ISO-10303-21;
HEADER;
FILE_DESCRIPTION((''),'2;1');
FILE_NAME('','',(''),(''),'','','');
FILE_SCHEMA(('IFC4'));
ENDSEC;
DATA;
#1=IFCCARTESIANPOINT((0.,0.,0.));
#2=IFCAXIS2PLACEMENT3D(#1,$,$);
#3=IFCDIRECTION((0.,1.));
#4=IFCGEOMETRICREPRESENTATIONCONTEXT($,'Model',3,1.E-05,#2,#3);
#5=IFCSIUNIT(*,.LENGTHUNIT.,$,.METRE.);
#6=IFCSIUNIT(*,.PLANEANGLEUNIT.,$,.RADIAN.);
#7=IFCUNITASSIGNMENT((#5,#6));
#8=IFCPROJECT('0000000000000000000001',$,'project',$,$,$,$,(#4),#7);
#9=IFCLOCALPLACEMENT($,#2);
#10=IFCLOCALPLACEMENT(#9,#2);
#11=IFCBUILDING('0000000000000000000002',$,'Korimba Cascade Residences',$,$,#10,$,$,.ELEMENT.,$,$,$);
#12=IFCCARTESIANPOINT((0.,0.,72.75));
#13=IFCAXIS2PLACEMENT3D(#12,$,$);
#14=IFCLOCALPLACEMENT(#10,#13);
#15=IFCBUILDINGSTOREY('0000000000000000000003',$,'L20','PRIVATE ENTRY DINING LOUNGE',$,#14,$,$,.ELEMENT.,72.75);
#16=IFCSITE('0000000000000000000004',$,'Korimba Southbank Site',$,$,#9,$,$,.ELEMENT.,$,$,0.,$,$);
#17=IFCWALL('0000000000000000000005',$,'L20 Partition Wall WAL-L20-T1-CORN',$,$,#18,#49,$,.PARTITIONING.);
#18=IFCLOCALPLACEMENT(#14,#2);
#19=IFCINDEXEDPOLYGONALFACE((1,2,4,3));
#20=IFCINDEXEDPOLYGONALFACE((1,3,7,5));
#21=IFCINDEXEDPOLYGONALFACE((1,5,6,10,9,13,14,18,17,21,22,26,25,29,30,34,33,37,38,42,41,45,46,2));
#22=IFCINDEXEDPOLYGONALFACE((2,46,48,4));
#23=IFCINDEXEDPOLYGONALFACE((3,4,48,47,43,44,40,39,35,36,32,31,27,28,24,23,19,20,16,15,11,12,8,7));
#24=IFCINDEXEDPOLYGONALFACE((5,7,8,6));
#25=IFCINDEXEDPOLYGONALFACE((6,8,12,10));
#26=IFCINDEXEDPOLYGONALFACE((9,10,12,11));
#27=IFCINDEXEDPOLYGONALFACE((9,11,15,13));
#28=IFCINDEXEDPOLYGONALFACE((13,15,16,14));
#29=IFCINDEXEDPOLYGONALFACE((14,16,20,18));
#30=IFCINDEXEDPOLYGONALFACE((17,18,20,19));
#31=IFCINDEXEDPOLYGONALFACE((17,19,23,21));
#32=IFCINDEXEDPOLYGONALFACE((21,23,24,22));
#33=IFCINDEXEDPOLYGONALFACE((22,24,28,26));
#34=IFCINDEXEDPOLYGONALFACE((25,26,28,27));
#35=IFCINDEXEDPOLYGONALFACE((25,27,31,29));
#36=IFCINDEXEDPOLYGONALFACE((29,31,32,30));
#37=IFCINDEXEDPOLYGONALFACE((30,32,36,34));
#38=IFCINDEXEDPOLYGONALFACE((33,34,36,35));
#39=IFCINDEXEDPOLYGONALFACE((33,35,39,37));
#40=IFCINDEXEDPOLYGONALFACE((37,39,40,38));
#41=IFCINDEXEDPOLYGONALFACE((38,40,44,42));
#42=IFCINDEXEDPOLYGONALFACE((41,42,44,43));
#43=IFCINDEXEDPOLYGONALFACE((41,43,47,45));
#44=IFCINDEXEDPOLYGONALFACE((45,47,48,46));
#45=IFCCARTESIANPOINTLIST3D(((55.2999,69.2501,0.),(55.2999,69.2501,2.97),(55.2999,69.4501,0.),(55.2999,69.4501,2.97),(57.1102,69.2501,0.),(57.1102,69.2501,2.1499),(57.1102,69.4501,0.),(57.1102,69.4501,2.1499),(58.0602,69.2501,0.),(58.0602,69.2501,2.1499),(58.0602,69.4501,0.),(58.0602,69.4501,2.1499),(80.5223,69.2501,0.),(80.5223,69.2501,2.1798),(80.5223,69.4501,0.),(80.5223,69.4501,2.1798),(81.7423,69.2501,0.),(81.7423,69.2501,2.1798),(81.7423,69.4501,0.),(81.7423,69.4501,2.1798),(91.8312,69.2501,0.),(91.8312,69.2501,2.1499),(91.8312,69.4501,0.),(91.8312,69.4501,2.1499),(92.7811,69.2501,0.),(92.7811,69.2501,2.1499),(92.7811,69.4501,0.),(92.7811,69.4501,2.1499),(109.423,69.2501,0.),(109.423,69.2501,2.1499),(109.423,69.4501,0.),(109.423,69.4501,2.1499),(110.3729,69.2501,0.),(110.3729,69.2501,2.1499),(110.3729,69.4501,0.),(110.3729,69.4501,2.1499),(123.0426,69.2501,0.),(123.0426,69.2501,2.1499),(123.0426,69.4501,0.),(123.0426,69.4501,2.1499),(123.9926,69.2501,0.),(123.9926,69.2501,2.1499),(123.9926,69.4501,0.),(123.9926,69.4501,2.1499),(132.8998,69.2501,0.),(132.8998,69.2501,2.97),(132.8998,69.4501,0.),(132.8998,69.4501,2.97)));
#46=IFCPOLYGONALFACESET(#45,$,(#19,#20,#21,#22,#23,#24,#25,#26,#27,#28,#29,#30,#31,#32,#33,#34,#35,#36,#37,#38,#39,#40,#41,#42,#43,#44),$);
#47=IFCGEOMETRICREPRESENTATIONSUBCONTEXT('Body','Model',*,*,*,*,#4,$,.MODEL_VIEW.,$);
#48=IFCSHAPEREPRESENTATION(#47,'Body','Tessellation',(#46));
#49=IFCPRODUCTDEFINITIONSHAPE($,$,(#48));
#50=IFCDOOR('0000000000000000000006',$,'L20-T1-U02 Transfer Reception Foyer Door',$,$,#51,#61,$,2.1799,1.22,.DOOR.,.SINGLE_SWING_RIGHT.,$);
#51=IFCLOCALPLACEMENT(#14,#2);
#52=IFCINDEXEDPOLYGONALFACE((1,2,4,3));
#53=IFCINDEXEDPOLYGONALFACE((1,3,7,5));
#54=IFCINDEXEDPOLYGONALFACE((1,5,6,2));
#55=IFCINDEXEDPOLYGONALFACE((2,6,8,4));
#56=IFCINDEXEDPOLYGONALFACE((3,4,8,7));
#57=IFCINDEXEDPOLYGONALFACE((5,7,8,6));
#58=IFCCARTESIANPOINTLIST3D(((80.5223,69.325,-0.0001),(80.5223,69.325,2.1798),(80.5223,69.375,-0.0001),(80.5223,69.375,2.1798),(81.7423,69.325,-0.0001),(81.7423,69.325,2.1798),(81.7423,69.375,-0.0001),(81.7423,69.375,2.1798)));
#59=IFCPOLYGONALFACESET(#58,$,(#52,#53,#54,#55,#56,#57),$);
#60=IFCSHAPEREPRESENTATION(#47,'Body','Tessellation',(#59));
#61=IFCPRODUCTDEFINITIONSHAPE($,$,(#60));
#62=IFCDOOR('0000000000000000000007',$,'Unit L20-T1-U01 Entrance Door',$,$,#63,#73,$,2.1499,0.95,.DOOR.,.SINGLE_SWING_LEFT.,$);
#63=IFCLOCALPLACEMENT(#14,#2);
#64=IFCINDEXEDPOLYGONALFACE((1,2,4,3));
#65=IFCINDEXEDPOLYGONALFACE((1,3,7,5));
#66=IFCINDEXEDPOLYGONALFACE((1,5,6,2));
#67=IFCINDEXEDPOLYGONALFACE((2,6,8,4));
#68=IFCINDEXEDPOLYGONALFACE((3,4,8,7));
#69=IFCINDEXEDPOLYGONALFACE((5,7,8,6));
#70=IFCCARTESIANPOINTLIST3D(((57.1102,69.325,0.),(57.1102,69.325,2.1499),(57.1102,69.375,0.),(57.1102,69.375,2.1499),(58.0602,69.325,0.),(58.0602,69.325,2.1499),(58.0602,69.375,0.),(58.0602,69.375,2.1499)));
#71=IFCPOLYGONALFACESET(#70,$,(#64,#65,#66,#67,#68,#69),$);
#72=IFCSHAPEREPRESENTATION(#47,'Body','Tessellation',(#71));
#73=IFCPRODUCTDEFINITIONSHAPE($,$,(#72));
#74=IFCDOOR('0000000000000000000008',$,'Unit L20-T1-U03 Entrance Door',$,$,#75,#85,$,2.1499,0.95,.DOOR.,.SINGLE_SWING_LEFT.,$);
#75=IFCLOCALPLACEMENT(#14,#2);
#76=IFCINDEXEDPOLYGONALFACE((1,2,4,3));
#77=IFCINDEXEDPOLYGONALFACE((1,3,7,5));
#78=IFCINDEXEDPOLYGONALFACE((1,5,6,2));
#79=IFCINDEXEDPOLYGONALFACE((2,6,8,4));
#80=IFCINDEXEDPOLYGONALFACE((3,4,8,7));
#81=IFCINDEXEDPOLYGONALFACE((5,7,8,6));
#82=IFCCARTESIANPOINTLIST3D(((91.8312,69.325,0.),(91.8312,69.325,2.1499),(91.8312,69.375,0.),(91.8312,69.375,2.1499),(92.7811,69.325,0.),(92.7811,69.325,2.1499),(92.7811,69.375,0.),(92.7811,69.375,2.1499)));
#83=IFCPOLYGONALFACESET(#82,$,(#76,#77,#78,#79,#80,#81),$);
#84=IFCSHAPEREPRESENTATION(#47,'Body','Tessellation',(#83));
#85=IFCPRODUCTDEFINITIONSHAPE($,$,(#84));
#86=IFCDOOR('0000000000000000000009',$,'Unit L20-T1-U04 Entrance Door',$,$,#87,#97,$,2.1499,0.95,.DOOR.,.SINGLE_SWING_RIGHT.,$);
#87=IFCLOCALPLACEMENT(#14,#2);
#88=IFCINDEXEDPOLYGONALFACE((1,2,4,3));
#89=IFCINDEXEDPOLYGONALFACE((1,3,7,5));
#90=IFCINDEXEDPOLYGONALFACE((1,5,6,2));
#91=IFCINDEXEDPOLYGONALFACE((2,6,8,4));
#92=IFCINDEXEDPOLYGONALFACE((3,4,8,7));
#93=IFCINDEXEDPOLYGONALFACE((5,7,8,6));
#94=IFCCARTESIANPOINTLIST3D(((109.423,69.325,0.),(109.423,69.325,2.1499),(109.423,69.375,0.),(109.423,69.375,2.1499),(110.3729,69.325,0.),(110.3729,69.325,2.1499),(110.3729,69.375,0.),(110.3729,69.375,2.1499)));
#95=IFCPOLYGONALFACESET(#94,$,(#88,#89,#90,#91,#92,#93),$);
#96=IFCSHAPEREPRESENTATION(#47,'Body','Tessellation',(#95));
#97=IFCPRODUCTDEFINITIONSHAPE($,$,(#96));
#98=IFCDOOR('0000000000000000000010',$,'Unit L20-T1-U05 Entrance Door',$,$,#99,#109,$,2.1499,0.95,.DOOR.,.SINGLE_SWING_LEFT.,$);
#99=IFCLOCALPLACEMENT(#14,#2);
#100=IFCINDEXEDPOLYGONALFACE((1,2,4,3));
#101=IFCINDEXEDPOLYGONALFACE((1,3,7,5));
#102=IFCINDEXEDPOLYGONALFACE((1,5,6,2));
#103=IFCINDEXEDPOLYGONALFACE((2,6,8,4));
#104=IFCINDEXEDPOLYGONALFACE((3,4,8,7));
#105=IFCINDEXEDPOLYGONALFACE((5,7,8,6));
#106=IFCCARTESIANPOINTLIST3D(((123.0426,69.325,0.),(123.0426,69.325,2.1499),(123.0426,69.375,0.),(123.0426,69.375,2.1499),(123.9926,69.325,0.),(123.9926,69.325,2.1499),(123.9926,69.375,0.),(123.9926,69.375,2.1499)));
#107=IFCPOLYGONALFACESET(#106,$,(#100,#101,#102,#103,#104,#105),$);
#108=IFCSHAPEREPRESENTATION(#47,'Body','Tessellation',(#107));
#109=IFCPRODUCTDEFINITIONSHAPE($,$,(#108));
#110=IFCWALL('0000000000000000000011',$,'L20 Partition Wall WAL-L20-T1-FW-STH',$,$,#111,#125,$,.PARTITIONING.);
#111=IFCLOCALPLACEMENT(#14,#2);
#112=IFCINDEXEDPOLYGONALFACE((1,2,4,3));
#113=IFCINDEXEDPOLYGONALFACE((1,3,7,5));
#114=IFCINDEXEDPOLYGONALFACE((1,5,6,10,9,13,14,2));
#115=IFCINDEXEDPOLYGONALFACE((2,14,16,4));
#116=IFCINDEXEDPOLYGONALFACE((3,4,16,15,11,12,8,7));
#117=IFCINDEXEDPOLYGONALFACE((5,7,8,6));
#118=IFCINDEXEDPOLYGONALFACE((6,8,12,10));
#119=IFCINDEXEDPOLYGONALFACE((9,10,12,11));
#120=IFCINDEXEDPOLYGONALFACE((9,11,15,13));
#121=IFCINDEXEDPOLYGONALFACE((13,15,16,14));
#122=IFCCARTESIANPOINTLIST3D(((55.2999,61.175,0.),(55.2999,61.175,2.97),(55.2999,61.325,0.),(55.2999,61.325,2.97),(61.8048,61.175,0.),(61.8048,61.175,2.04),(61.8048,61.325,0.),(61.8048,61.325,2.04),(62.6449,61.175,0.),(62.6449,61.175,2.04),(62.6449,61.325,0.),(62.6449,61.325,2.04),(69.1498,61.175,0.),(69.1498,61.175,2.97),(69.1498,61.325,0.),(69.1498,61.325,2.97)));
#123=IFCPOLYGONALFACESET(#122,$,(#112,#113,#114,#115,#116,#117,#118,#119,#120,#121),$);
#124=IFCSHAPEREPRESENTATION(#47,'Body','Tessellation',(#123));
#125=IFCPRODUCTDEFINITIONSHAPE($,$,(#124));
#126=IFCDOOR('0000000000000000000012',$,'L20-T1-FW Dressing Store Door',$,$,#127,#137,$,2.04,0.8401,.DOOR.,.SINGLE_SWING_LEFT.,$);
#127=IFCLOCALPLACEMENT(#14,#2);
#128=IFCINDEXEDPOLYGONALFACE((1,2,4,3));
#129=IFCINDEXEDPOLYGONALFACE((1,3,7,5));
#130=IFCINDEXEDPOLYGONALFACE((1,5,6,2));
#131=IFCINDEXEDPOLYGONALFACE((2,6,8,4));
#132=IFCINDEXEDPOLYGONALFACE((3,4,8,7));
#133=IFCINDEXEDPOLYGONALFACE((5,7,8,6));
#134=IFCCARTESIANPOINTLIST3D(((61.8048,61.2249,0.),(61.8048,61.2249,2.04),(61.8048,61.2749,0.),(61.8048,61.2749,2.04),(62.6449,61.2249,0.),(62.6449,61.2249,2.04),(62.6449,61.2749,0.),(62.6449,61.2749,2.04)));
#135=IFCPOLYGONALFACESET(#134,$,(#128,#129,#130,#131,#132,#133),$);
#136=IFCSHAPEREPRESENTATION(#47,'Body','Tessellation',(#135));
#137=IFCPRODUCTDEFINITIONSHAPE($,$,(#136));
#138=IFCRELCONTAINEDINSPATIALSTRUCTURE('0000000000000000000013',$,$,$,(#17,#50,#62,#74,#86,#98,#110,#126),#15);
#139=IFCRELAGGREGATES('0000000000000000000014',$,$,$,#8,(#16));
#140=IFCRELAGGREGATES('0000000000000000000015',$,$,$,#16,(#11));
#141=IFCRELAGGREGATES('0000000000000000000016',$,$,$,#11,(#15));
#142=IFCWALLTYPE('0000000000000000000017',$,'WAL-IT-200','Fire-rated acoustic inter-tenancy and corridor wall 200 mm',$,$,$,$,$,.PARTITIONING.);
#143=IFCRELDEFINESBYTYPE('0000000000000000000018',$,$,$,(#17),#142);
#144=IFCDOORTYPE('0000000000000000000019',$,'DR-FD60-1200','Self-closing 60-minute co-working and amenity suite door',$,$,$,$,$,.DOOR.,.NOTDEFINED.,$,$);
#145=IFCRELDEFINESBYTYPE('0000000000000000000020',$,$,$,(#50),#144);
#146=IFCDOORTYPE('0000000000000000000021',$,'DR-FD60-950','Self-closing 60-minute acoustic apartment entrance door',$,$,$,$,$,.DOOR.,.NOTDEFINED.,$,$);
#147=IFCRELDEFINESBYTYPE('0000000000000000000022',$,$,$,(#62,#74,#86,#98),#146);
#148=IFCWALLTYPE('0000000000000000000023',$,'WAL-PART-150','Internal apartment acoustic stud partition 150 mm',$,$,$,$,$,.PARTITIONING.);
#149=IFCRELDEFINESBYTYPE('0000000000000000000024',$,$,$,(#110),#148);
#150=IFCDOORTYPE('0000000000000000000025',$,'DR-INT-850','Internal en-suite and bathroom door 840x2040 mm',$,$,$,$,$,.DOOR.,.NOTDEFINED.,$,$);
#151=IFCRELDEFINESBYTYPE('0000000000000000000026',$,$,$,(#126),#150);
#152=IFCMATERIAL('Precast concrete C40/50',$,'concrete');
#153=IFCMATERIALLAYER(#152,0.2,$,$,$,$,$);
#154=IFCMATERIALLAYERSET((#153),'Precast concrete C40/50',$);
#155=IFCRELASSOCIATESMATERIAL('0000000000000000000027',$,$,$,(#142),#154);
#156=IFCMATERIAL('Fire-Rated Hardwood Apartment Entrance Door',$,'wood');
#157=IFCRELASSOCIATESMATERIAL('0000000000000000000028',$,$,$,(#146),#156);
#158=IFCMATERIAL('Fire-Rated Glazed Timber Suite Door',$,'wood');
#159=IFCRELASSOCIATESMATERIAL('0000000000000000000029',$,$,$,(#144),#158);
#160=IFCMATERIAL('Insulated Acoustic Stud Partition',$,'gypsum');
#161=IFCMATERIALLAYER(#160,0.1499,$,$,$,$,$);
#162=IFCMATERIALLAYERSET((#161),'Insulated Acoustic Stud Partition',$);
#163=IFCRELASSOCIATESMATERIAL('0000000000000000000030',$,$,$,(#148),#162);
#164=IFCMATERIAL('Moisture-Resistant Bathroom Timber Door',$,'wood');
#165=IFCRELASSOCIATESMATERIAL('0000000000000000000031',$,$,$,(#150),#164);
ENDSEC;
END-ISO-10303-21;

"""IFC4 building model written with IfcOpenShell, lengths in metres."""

from ifc_helpers import new_model, si_unit, direction, frame, frame_2d, origin, place, context, subcontext, project, spatial, rectangle, extrude, material, layer, layer_set, type_object, element, fill, save


model = new_model("IFC4")

# Units and contexts
model_context = context("Model", 3, precision=1e-05, world=origin(), true_north=direction((0.0, 1.0)))
body_context = subcontext(model_context, "Body", "Model", "MODEL_VIEW")
ifc_project = project(units=[si_unit("LENGTHUNIT", "METRE"), si_unit("PLANEANGLEUNIT", "RADIAN")], contexts=[model_context])

# Site, building, storey
site_placement = place(None, origin())
site = spatial("IfcSite", under=ifc_project, at=site_placement, Name="Korimba Southbank Site", CompositionType="ELEMENT", RefElevation=0.0)
building_placement = place(site_placement, origin())
building = spatial("IfcBuilding", under=site, at=building_placement, Name="Korimba Cascade Residences", CompositionType="ELEMENT")
storey_placement = place(building_placement, frame((0.0, 0.0, 72.75)))
storey = spatial("IfcBuildingStorey", under=building, at=storey_placement, Name="L20", Description="PRIVATE ENTRY DINING LOUNGE", CompositionType="ELEMENT", Elevation=72.75)

# Shared definitions
ifc_material_1 = material(Name="Precast concrete C40/50", Category="concrete")
ifc_layer_1 = layer(ifc_material_1, 0.2)
ifc_layer_set_1 = layer_set([ifc_layer_1], Name="Precast concrete C40/50")
wall_type_1 = type_object("IfcWallType", Name="WAL-IT-200", Description="Fire-rated acoustic inter-tenancy and corridor wall 200 mm", PredefinedType="PARTITIONING", material=ifc_layer_set_1)
ifc_material_2 = material(Name="Fire-Rated Hardwood Apartment Entrance Door", Category="wood")
door_type_1 = type_object("IfcDoorType", Name="DR-FD60-950", Description="Self-closing 60-minute acoustic apartment entrance door", OperationType="NOTDEFINED", PredefinedType="DOOR", material=ifc_material_2)

# Wall, openings, doors
wall_1_placement = place(storey_placement, frame((55.3, 69.3501, 0.0), z_axis=(0.0, 0.0, 1.0), x_axis=(1.0, 0.0, 0.0)))
wall_1 = element("IfcWall", 1, at=wall_1_placement, inside=storey, type_object=wall_type_1, Name="L20 Partition Wall WAL-L20-T1-CORN", PredefinedType="PARTITIONING", context=body_context, shape_type="SweptSolid", body=[
    extrude(rectangle(XDim=77.5999, YDim=0.2, at=frame_2d((38.7998, 0.0))), origin(), (0.0, 0.0, 1.0), 2.97),
])
opening_1_placement = place(wall_1_placement, frame((1.8101, 0.0, 0.0)))
opening_1 = element("IfcOpeningElement", 2, at=opening_1_placement, cuts=wall_1, PredefinedType="OPENING", context=body_context, shape_type="SweptSolid", body=[
    extrude(rectangle(XDim=0.95, YDim=2.1499, at=frame_2d((0.4751, 1.075))), frame((0.0, 0.1099, 0.0), z_axis=(0.0, -1.0, 0.0), x_axis=(1.0, 0.0, 0.0)), (0.0, 0.0, 1.0), 0.22),
])
opening_2_placement = place(wall_1_placement, frame((25.2224, 0.0, 0.0)))
opening_2 = element("IfcOpeningElement", 3, at=opening_2_placement, cuts=wall_1, PredefinedType="OPENING", context=body_context, shape_type="SweptSolid", body=[
    extrude(rectangle(XDim=1.22, YDim=2.1799, at=frame_2d((0.6099, 1.0898))), frame((0.0, 0.1099, 0.0), z_axis=(0.0, -1.0, 0.0), x_axis=(1.0, 0.0, 0.0)), (0.0, 0.0, 1.0), 0.22),
])
opening_3_placement = place(wall_1_placement, frame((36.531, 0.0, 0.0)))
opening_3 = element("IfcOpeningElement", 4, at=opening_3_placement, cuts=wall_1, PredefinedType="OPENING", context=body_context, shape_type="SweptSolid", body=[
    extrude(rectangle(XDim=0.95, YDim=2.1499, at=frame_2d((0.4751, 1.075))), frame((0.0, 0.1099, 0.0), z_axis=(0.0, -1.0, 0.0), x_axis=(1.0, 0.0, 0.0)), (0.0, 0.0, 1.0), 0.22),
])
opening_4_placement = place(wall_1_placement, frame((54.1228, 0.0, 0.0)))
opening_4 = element("IfcOpeningElement", 5, at=opening_4_placement, cuts=wall_1, PredefinedType="OPENING", context=body_context, shape_type="SweptSolid", body=[
    extrude(rectangle(XDim=0.95, YDim=2.1499, at=frame_2d((0.4751, 1.075))), frame((0.0, 0.1099, 0.0), z_axis=(0.0, -1.0, 0.0), x_axis=(1.0, 0.0, 0.0)), (0.0, 0.0, 1.0), 0.22),
])
opening_5_placement = place(wall_1_placement, frame((67.7424, 0.0, 0.0)))
opening_5 = element("IfcOpeningElement", 6, at=opening_5_placement, cuts=wall_1, PredefinedType="OPENING", context=body_context, shape_type="SweptSolid", body=[
    extrude(rectangle(XDim=0.95, YDim=2.1499, at=frame_2d((0.4751, 1.075))), frame((0.0, 0.1099, 0.0), z_axis=(0.0, -1.0, 0.0), x_axis=(1.0, 0.0, 0.0)), (0.0, 0.0, 1.0), 0.22),
])
ifc_material_3 = material(Name="Fire-Rated Glazed Timber Suite Door", Category="wood")
door_type_2 = type_object("IfcDoorType", Name="DR-FD60-1200", Description="Self-closing 60-minute co-working and amenity suite door", OperationType="NOTDEFINED", PredefinedType="DOOR", material=ifc_material_3)
door_1_placement = place(opening_2_placement, origin())
door_1 = element("IfcDoor", 7, at=door_1_placement, inside=storey, type_object=door_type_2, Name="L20-T1-U02 Transfer Reception Foyer Door", OperationType="SINGLE_SWING_RIGHT", OverallHeight=2.1799, OverallWidth=1.22, PredefinedType="DOOR", context=body_context, shape_type="SweptSolid", body=[
    extrude(rectangle(XDim=1.22, YDim=2.1799, at=frame_2d((0.6099, 1.0898))), frame((0.0, 0.0249, 0.0), z_axis=(0.0, -1.0, 0.0), x_axis=(1.0, 0.0, 0.0)), (0.0, 0.0, 1.0), 0.05),
])
fill(opening_2, door_1)
door_2_placement = place(opening_1_placement, origin())
door_2 = element("IfcDoor", 8, at=door_2_placement, inside=storey, type_object=door_type_1, Name="Unit L20-T1-U01 Entrance Door", OperationType="SINGLE_SWING_LEFT", OverallHeight=2.1499, OverallWidth=0.95, PredefinedType="DOOR", context=body_context, shape_type="SweptSolid", body=[
    extrude(rectangle(XDim=0.95, YDim=2.1499, at=frame_2d((0.4751, 1.075))), frame((0.0, 0.0249, 0.0), z_axis=(0.0, -1.0, 0.0), x_axis=(1.0, 0.0, 0.0)), (0.0, 0.0, 1.0), 0.05),
])
fill(opening_1, door_2)
door_3_placement = place(opening_3_placement, origin())
door_3 = element("IfcDoor", 9, at=door_3_placement, inside=storey, type_object=door_type_1, Name="Unit L20-T1-U03 Entrance Door", OperationType="SINGLE_SWING_LEFT", OverallHeight=2.1499, OverallWidth=0.95, PredefinedType="DOOR", context=body_context, shape_type="SweptSolid", body=[
    extrude(rectangle(XDim=0.95, YDim=2.1499, at=frame_2d((0.4751, 1.075))), frame((0.0, 0.0249, 0.0), z_axis=(0.0, -1.0, 0.0), x_axis=(1.0, 0.0, 0.0)), (0.0, 0.0, 1.0), 0.05),
])
fill(opening_3, door_3)
door_4_placement = place(opening_4_placement, origin())
door_4 = element("IfcDoor", 10, at=door_4_placement, inside=storey, type_object=door_type_1, Name="Unit L20-T1-U04 Entrance Door", OperationType="SINGLE_SWING_RIGHT", OverallHeight=2.1499, OverallWidth=0.95, PredefinedType="DOOR", context=body_context, shape_type="SweptSolid", body=[
    extrude(rectangle(XDim=0.95, YDim=2.1499, at=frame_2d((0.4751, 1.075))), frame((0.0, 0.0249, 0.0), z_axis=(0.0, -1.0, 0.0), x_axis=(1.0, 0.0, 0.0)), (0.0, 0.0, 1.0), 0.05),
])
fill(opening_4, door_4)
door_5_placement = place(opening_5_placement, origin())
door_5 = element("IfcDoor", 11, at=door_5_placement, inside=storey, type_object=door_type_1, Name="Unit L20-T1-U05 Entrance Door", OperationType="SINGLE_SWING_LEFT", OverallHeight=2.1499, OverallWidth=0.95, PredefinedType="DOOR", context=body_context, shape_type="SweptSolid", body=[
    extrude(rectangle(XDim=0.95, YDim=2.1499, at=frame_2d((0.4751, 1.075))), frame((0.0, 0.0249, 0.0), z_axis=(0.0, -1.0, 0.0), x_axis=(1.0, 0.0, 0.0)), (0.0, 0.0, 1.0), 0.05),
])
fill(opening_5, door_5)

# Wall, opening, door
ifc_material_4 = material(Name="Insulated Acoustic Stud Partition", Category="gypsum")
ifc_layer_2 = layer(ifc_material_4, 0.1499)
ifc_layer_set_2 = layer_set([ifc_layer_2], Name="Insulated Acoustic Stud Partition")
wall_type_2 = type_object("IfcWallType", Name="WAL-PART-150", Description="Internal apartment acoustic stud partition 150 mm", PredefinedType="PARTITIONING", material=ifc_layer_set_2)
wall_2_placement = place(storey_placement, frame((55.3, 61.25, 0.0), z_axis=(0.0, 0.0, 1.0), x_axis=(1.0, 0.0, 0.0)))
wall_2 = element("IfcWall", 12, at=wall_2_placement, inside=storey, type_object=wall_type_2, Name="L20 Partition Wall WAL-L20-T1-FW-STH", PredefinedType="PARTITIONING", context=body_context, shape_type="SweptSolid", body=[
    extrude(rectangle(XDim=13.8499, YDim=0.1499, at=frame_2d((6.9248, 0.0))), origin(), (0.0, 0.0, 1.0), 2.97),
])
opening_6_placement = place(wall_2_placement, frame((6.5049, 0.0, 0.0)))
opening_6 = element("IfcOpeningElement", 13, at=opening_6_placement, cuts=wall_2, PredefinedType="OPENING", context=body_context, shape_type="SweptSolid", body=[
    extrude(rectangle(XDim=0.8401, YDim=2.04, at=frame_2d((0.4199, 1.02))), frame((0.0, 0.085, 0.0), z_axis=(0.0, -1.0, 0.0), x_axis=(1.0, 0.0, 0.0)), (0.0, 0.0, 1.0), 0.1699),
])
ifc_material_5 = material(Name="Moisture-Resistant Bathroom Timber Door", Category="wood")
door_type_3 = type_object("IfcDoorType", Name="DR-INT-850", Description="Internal en-suite and bathroom door 840x2040 mm", OperationType="NOTDEFINED", PredefinedType="DOOR", material=ifc_material_5)
door_6_placement = place(opening_6_placement, origin())
door_6 = element("IfcDoor", 14, at=door_6_placement, inside=storey, type_object=door_type_3, Name="L20-T1-FW Dressing Store Door", OperationType="SINGLE_SWING_LEFT", OverallHeight=2.04, OverallWidth=0.8401, PredefinedType="DOOR", context=body_context, shape_type="SweptSolid", body=[
    extrude(rectangle(XDim=0.8401, YDim=2.04, at=frame_2d((0.4199, 1.02))), frame((0.0, 0.0249, 0.0), z_axis=(0.0, -1.0, 0.0), x_axis=(1.0, 0.0, 0.0)), (0.0, 0.0, 1.0), 0.05),
])
fill(opening_6, door_6)

save(model, "model.ifc")
